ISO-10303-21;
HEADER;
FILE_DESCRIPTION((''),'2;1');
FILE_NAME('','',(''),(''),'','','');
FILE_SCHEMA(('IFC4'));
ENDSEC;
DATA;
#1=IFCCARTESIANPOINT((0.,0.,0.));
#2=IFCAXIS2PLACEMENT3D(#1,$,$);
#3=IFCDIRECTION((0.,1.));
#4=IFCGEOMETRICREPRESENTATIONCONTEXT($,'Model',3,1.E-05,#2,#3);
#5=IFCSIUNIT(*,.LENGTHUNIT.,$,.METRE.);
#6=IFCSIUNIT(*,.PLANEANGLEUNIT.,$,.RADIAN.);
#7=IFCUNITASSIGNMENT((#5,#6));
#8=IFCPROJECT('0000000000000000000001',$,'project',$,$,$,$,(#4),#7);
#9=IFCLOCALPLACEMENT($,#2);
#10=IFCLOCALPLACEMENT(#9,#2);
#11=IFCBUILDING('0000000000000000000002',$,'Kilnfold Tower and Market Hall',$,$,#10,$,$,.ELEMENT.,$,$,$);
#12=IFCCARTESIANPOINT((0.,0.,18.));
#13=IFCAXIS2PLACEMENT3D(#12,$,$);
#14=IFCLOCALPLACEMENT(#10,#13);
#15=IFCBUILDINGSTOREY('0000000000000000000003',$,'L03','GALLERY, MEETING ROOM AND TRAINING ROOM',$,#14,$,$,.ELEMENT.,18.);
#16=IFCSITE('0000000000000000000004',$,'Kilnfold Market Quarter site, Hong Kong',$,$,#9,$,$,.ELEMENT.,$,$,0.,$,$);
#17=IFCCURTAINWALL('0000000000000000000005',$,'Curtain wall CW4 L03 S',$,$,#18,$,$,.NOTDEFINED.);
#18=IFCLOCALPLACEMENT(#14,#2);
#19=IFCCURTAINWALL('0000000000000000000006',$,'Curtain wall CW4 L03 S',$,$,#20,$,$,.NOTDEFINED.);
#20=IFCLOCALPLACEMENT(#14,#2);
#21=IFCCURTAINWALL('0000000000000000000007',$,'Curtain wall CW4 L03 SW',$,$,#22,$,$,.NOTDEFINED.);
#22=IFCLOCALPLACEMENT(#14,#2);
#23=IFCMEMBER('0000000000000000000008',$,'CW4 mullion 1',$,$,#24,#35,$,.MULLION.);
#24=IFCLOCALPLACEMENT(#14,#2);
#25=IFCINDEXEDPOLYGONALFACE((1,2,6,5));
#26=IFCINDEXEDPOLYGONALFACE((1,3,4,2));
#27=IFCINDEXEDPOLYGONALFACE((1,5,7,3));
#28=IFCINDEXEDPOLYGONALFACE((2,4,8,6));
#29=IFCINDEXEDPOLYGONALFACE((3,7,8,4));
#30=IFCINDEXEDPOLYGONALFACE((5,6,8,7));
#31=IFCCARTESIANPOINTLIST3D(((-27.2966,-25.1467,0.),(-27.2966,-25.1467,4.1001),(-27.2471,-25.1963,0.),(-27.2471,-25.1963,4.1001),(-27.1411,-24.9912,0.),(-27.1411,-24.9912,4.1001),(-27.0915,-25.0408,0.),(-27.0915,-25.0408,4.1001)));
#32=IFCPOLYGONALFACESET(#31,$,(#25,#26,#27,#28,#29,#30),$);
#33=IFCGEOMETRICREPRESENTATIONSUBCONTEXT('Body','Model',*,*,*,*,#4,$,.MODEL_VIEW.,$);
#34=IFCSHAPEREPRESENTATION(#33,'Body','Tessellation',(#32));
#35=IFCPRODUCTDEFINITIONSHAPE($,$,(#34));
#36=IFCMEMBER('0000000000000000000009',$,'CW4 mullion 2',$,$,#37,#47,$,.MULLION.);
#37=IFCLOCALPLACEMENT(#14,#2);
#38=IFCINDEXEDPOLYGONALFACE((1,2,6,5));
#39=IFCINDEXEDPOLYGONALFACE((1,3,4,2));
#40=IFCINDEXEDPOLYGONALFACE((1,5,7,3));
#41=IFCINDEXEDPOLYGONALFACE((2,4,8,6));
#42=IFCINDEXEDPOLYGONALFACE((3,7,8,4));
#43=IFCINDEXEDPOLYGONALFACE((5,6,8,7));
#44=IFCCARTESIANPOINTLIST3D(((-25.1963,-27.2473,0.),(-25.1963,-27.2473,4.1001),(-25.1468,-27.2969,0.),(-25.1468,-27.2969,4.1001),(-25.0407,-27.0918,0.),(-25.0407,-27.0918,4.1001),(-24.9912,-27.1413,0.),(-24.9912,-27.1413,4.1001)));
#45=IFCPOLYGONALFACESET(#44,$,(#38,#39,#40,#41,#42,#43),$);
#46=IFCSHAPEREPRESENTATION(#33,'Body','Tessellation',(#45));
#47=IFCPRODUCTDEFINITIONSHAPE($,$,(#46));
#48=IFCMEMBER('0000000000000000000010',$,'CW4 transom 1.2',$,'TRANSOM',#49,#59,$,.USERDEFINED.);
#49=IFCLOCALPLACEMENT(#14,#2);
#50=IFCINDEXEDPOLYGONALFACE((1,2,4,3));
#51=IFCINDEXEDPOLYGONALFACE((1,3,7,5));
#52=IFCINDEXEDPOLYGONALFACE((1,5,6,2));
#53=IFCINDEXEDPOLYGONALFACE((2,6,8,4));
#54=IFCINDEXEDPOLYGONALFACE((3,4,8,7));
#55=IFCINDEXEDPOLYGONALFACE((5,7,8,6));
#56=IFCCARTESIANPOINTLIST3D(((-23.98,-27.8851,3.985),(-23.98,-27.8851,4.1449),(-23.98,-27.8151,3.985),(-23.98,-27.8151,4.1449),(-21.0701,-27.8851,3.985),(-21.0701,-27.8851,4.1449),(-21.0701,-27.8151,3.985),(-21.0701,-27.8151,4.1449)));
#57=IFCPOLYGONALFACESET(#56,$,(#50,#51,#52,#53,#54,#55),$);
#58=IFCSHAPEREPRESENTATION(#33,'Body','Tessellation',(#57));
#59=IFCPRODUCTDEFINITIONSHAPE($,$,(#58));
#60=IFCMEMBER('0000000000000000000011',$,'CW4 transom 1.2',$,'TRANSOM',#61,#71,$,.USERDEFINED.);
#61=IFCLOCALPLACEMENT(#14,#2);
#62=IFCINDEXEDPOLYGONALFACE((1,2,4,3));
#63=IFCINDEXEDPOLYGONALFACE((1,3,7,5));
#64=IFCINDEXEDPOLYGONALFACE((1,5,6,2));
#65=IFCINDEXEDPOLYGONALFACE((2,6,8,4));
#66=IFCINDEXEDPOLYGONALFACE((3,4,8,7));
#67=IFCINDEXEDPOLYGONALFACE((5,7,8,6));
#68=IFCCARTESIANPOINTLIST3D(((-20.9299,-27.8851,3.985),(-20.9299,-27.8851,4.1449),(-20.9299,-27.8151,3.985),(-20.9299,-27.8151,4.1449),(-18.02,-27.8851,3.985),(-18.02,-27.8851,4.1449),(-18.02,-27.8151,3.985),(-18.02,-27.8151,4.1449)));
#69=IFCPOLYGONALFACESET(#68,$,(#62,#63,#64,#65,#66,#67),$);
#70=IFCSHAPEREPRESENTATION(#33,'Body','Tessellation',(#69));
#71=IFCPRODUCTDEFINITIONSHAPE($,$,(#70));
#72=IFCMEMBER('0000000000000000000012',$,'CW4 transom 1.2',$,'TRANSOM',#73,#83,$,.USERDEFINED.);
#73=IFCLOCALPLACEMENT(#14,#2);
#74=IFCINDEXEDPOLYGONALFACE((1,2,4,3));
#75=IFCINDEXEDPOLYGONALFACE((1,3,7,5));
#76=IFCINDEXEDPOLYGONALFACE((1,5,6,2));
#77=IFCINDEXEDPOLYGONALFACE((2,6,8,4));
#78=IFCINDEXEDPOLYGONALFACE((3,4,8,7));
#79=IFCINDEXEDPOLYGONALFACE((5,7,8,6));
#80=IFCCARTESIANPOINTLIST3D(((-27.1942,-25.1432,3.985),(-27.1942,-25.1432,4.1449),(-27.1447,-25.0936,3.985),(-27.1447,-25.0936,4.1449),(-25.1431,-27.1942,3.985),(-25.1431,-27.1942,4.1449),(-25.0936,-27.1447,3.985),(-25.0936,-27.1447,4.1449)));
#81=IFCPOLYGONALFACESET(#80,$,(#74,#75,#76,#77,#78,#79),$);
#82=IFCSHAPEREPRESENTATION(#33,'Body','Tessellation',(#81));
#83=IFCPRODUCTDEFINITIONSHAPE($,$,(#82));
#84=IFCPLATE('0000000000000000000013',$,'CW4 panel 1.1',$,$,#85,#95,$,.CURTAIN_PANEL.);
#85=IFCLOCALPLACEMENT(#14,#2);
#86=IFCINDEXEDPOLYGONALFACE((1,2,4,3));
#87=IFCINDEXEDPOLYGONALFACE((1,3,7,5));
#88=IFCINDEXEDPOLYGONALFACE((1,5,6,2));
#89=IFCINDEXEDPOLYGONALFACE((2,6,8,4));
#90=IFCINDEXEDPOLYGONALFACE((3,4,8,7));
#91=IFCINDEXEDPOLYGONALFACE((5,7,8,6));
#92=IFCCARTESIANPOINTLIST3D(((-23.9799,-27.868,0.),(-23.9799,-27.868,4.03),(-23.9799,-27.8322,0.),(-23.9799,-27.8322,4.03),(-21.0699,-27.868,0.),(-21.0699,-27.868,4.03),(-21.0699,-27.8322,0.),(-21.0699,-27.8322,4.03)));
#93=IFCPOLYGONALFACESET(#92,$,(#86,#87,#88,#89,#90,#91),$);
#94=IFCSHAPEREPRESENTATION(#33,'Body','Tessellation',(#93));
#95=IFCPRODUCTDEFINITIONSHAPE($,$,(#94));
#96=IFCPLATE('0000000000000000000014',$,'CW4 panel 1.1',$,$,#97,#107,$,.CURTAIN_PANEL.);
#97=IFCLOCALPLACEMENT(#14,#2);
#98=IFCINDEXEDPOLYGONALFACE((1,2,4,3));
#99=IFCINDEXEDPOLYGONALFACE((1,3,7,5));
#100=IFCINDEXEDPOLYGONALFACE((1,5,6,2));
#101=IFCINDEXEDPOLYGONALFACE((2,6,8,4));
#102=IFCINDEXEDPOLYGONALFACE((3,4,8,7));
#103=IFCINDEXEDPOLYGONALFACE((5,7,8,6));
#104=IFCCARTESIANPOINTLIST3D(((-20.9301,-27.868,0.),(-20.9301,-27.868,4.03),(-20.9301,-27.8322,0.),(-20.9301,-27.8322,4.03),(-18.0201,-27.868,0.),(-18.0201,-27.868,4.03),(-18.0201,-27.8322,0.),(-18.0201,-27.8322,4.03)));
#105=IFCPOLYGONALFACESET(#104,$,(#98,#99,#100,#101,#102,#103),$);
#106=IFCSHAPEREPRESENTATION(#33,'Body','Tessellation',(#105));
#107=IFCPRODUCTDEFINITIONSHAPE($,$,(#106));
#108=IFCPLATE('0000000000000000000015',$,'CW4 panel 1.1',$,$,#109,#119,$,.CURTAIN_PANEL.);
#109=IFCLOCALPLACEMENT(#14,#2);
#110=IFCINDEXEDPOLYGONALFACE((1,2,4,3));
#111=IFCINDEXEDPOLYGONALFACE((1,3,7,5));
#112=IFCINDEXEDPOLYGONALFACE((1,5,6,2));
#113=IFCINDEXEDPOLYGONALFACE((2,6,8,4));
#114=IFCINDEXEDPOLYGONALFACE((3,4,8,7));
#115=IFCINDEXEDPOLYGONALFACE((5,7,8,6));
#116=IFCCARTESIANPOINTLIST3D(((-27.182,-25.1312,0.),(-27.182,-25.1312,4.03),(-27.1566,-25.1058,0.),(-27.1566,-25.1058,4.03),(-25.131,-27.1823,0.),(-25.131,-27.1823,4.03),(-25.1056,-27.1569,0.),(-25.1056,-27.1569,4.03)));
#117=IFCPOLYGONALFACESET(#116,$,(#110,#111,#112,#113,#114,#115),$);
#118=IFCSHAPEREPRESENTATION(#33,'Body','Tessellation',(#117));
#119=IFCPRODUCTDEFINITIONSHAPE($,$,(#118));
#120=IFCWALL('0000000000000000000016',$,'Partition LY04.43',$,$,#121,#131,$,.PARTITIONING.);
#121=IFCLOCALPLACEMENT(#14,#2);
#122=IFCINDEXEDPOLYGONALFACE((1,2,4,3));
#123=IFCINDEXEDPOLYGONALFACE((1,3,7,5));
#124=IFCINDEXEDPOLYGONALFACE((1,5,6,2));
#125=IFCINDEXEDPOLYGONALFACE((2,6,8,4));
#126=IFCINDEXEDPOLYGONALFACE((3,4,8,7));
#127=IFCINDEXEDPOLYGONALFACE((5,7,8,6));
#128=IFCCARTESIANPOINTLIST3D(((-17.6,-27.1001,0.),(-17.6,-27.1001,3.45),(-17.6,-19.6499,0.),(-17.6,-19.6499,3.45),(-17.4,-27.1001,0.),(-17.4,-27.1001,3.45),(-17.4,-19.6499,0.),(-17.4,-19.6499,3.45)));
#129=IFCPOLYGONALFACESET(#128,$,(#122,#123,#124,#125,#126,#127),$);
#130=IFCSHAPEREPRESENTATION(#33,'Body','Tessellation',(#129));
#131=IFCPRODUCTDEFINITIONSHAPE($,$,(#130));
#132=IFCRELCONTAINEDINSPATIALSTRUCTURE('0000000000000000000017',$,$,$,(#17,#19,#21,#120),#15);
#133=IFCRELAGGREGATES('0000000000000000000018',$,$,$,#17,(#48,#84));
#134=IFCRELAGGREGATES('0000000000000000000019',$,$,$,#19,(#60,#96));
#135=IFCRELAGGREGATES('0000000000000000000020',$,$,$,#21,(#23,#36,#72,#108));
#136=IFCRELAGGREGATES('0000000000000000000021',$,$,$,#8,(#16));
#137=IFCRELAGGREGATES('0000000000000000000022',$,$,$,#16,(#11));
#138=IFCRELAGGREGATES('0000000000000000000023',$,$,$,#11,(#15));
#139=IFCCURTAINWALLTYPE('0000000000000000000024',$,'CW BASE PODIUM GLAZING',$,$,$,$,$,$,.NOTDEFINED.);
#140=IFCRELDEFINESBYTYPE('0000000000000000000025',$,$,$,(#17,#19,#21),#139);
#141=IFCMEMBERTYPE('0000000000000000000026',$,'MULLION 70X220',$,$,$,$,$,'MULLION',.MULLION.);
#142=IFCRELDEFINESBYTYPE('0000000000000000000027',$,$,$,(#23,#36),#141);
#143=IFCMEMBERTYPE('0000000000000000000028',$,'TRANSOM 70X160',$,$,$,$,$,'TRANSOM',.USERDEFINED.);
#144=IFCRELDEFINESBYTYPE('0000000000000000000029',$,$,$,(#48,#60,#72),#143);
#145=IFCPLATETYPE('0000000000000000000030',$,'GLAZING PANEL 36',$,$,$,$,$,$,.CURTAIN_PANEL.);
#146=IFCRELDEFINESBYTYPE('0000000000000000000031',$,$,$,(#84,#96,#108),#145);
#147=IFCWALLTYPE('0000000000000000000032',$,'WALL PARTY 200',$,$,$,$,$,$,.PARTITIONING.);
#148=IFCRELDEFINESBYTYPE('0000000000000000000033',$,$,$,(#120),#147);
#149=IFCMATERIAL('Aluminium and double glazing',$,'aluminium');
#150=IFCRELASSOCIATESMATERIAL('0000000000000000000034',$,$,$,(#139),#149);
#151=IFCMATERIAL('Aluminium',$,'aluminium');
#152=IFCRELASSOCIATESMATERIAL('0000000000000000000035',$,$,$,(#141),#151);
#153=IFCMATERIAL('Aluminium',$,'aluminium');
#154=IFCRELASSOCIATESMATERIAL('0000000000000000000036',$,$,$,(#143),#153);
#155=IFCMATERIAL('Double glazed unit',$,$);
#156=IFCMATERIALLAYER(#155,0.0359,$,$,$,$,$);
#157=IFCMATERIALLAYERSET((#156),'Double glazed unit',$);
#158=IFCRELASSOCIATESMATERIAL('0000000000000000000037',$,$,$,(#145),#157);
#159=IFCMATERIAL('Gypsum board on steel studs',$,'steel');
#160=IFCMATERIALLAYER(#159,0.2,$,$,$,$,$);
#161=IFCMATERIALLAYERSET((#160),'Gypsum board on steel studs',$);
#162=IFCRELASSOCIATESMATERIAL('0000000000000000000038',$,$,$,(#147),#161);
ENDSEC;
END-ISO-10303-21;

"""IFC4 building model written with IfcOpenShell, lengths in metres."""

from ifc_helpers import new_model, si_unit, direction, frame, frame_2d, origin, origin_2d, place, context, subcontext, project, spatial, rectangle, extrude, source, transform, mapped, material, layer, layer_set, material_profile, profile_set, type_object, element, aggregate, save


model = new_model("IFC4")

# Units and contexts
model_context = context("Model", 3, precision=1e-05, world=origin(), true_north=direction((0.0, 1.0)))
body_context = subcontext(model_context, "Body", "Model", "MODEL_VIEW")
ifc_project = project(units=[si_unit("LENGTHUNIT", "METRE"), si_unit("PLANEANGLEUNIT", "RADIAN")], contexts=[model_context])

# Site, building, storey
site_placement = place(None, origin())
site = spatial("IfcSite", under=ifc_project, at=site_placement, Name="Kilnfold Market Quarter site, Hong Kong", CompositionType="ELEMENT", RefElevation=0.0)
building_placement = place(site_placement, origin())
building = spatial("IfcBuilding", under=site, at=building_placement, Name="Kilnfold Tower and Market Hall", CompositionType="ELEMENT")
storey_placement = place(building_placement, frame((0.0, 0.0, 18.0)))
storey = spatial("IfcBuildingStorey", under=building, at=storey_placement, Name="L03", Description="GALLERY, MEETING ROOM AND TRAINING ROOM", CompositionType="ELEMENT", Elevation=18.0)

# Curtain walls, members
ifc_material_1 = material(Name="Aluminium and double glazing", Category="aluminium")
curtain_wall_type = type_object("IfcCurtainWallType", Name="CW BASE PODIUM GLAZING", PredefinedType="NOTDEFINED", material=ifc_material_1)
curtain_wall_1_placement = place(storey_placement, origin())
curtain_wall_1 = element("IfcCurtainWall", 1, at=curtain_wall_1_placement, inside=storey, type_object=curtain_wall_type, Name="Curtain wall CW4 L03 S", PredefinedType="NOTDEFINED")
ifc_material_2 = material(Name="Aluminium", Category="aluminium")
ifc_material_profile_1 = material_profile(ifc_material_2, rectangle(XDim=0.0701, YDim=0.22, at=origin_2d()), Name="MULLION 70x220")
ifc_profile_set_1 = profile_set([ifc_material_profile_1], Name="Aluminium")
member_type_1 = type_object("IfcMemberType", Name="MULLION 70X220", ElementType="MULLION", PredefinedType="MULLION", material=ifc_profile_set_1)
shared_shape_1 = source(origin(), body_context, "Body", "SweptSolid", [
    extrude(rectangle(XDim=0.0701, YDim=0.22, at=origin_2d()), origin(), (0.0, 0.0, 1.0), 4.1001),
])
curtain_wall_2_placement = place(storey_placement, origin())
curtain_wall_2 = element("IfcCurtainWall", 2, at=curtain_wall_2_placement, inside=storey, type_object=curtain_wall_type, Name="Curtain wall CW4 L03 S", PredefinedType="NOTDEFINED")
curtain_wall_3_placement = place(storey_placement, origin())
curtain_wall_3 = element("IfcCurtainWall", 3, at=curtain_wall_3_placement, inside=storey, type_object=curtain_wall_type, Name="Curtain wall CW4 L03 SW", PredefinedType="NOTDEFINED")
member_1_placement = place(storey_placement, frame((-27.1941, -25.0938, 0.0), z_axis=(0.0, 0.0, 1.0), x_axis=(0.70709, -0.707123, 0.0)))
member_1 = element("IfcMember", 4, at=member_1_placement, type_object=member_type_1, Name="CW4 mullion 1", PredefinedType="MULLION", context=body_context, shape_type="MappedRepresentation", body=[
    mapped(shared_shape_1, transform((0.0, 0.0, 0.0))),
])
member_2_placement = place(storey_placement, frame((-25.0938, -27.1943, 0.0), z_axis=(0.0, 0.0, 1.0), x_axis=(0.70709, -0.707123, 0.0)))
member_2 = element("IfcMember", 5, at=member_2_placement, type_object=member_type_1, Name="CW4 mullion 2", PredefinedType="MULLION", context=body_context, shape_type="MappedRepresentation", body=[
    mapped(shared_shape_1, transform((0.0, 0.0, 0.0))),
])

# Members
ifc_material_3 = material(Name="Aluminium", Category="aluminium")
ifc_material_profile_2 = material_profile(ifc_material_3, rectangle(XDim=0.0701, YDim=0.1599, at=origin_2d()), Name="TRANSOM 70x160")
ifc_profile_set_2 = profile_set([ifc_material_profile_2], Name="Aluminium")
member_type_2 = type_object("IfcMemberType", Name="TRANSOM 70X160", ElementType="TRANSOM", PredefinedType="USERDEFINED", material=ifc_profile_set_2)
shared_shape_2 = source(origin(), body_context, "Body", "SweptSolid", [
    extrude(rectangle(XDim=0.0701, YDim=0.1599, at=origin_2d()), origin(), (0.0, 0.0, 1.0), 2.9099),
])
member_3_placement = place(storey_placement, frame((-23.98, -27.8501, 4.0649), z_axis=(1.0, 0.0, 0.0), x_axis=(0.0, 1.0, 0.0)))
member_3 = element("IfcMember", 6, at=member_3_placement, type_object=member_type_2, Name="CW4 transom 1.2", ObjectType="TRANSOM", PredefinedType="USERDEFINED", context=body_context, shape_type="MappedRepresentation", body=[
    mapped(shared_shape_2, transform((0.0, 0.0, 0.0))),
])
member_4_placement = place(storey_placement, frame((-20.9299, -27.8501, 4.0649), z_axis=(1.0, 0.0, 0.0), x_axis=(0.0, 1.0, 0.0)))
member_4 = element("IfcMember", 7, at=member_4_placement, type_object=member_type_2, Name="CW4 transom 1.2", ObjectType="TRANSOM", PredefinedType="USERDEFINED", context=body_context, shape_type="MappedRepresentation", body=[
    mapped(shared_shape_2, transform((0.0, 0.0, 0.0))),
])
shared_shape_3 = source(origin(), body_context, "Body", "SweptSolid", [
    extrude(rectangle(XDim=0.0701, YDim=0.1599, at=origin_2d()), origin(), (0.0, 0.0, 1.0), 2.9006),
])
member_5_placement = place(storey_placement, frame((-27.1694, -25.1184, 4.0649), z_axis=(0.707107, -0.707107, 0.0), x_axis=(0.707107, 0.707107, 0.0)))
member_5 = element("IfcMember", 8, at=member_5_placement, type_object=member_type_2, Name="CW4 transom 1.2", ObjectType="TRANSOM", PredefinedType="USERDEFINED", context=body_context, shape_type="MappedRepresentation", body=[
    mapped(shared_shape_3, transform((0.0, 0.0, 0.0))),
])

# Plates
ifc_material_4 = material(Name="Double glazed unit")
ifc_layer_1 = layer(ifc_material_4, 0.0359)
ifc_layer_set_1 = layer_set([ifc_layer_1], Name="Double glazed unit")
plate_type = type_object("IfcPlateType", Name="GLAZING PANEL 36", PredefinedType="CURTAIN_PANEL", material=ifc_layer_set_1)
shared_shape_4 = source(origin(), body_context, "Body", "SweptSolid", [
    extrude(rectangle(XDim=2.9099, YDim=0.0359, at=origin_2d()), origin(), (0.0, 0.0, 1.0), 4.03),
])
plate_1_placement = place(storey_placement, frame((-22.5249, -27.8501, 0.0), z_axis=(0.0, 0.0, 1.0), x_axis=(1.0, 0.0, 0.0)))
plate_1 = element("IfcPlate", 9, at=plate_1_placement, type_object=plate_type, Name="CW4 panel 1.1", PredefinedType="CURTAIN_PANEL", context=body_context, shape_type="MappedRepresentation", body=[
    mapped(shared_shape_4, transform((0.0, 0.0, 0.0))),
])
aggregate(curtain_wall_1, [member_3, plate_1])
plate_2_placement = place(storey_placement, frame((-19.4751, -27.8501, 0.0), z_axis=(0.0, 0.0, 1.0), x_axis=(1.0, 0.0, 0.0)))
plate_2 = element("IfcPlate", 10, at=plate_2_placement, type_object=plate_type, Name="CW4 panel 1.1", PredefinedType="CURTAIN_PANEL", context=body_context, shape_type="MappedRepresentation", body=[
    mapped(shared_shape_4, transform((0.0, 0.0, 0.0))),
])
aggregate(curtain_wall_2, [member_4, plate_2])
shared_shape_5 = source(origin(), body_context, "Body", "SweptSolid", [
    extrude(rectangle(XDim=2.9006, YDim=0.0359, at=origin_2d()), origin(), (0.0, 0.0, 1.0), 4.03),
])
plate_3_placement = place(storey_placement, frame((-26.1438, -26.144, 0.0), z_axis=(0.0, 0.0, 1.0), x_axis=(0.70709, -0.707123, 0.0)))
plate_3 = element("IfcPlate", 11, at=plate_3_placement, type_object=plate_type, Name="CW4 panel 1.1", PredefinedType="CURTAIN_PANEL", context=body_context, shape_type="MappedRepresentation", body=[
    mapped(shared_shape_5, transform((0.0, 0.0, 0.0))),
])
aggregate(curtain_wall_3, [member_1, member_2, member_5, plate_3])

# Wall
ifc_material_5 = material(Name="Gypsum board on steel studs", Category="steel")
ifc_layer_2 = layer(ifc_material_5, 0.2)
ifc_layer_set_2 = layer_set([ifc_layer_2], Name="Gypsum board on steel studs")
wall_type = type_object("IfcWallType", Name="WALL PARTY 200", PredefinedType="PARTITIONING", material=ifc_layer_set_2)
wall_placement = place(storey_placement, frame((-17.5, -27.1001, 0.0), z_axis=(0.0, 0.0, 1.0), x_axis=(0.0, 1.0, 0.0)))
element("IfcWall", 12, at=wall_placement, inside=storey, type_object=wall_type, Name="Partition LY04.43", PredefinedType="PARTITIONING", context=body_context, shape_type="SweptSolid", body=[
    extrude(rectangle(XDim=7.4502, YDim=0.2, at=frame_2d((3.7251, 0.0))), origin(), (0.0, 0.0, 1.0), 3.45),
])

save(model, "model.ifc")
